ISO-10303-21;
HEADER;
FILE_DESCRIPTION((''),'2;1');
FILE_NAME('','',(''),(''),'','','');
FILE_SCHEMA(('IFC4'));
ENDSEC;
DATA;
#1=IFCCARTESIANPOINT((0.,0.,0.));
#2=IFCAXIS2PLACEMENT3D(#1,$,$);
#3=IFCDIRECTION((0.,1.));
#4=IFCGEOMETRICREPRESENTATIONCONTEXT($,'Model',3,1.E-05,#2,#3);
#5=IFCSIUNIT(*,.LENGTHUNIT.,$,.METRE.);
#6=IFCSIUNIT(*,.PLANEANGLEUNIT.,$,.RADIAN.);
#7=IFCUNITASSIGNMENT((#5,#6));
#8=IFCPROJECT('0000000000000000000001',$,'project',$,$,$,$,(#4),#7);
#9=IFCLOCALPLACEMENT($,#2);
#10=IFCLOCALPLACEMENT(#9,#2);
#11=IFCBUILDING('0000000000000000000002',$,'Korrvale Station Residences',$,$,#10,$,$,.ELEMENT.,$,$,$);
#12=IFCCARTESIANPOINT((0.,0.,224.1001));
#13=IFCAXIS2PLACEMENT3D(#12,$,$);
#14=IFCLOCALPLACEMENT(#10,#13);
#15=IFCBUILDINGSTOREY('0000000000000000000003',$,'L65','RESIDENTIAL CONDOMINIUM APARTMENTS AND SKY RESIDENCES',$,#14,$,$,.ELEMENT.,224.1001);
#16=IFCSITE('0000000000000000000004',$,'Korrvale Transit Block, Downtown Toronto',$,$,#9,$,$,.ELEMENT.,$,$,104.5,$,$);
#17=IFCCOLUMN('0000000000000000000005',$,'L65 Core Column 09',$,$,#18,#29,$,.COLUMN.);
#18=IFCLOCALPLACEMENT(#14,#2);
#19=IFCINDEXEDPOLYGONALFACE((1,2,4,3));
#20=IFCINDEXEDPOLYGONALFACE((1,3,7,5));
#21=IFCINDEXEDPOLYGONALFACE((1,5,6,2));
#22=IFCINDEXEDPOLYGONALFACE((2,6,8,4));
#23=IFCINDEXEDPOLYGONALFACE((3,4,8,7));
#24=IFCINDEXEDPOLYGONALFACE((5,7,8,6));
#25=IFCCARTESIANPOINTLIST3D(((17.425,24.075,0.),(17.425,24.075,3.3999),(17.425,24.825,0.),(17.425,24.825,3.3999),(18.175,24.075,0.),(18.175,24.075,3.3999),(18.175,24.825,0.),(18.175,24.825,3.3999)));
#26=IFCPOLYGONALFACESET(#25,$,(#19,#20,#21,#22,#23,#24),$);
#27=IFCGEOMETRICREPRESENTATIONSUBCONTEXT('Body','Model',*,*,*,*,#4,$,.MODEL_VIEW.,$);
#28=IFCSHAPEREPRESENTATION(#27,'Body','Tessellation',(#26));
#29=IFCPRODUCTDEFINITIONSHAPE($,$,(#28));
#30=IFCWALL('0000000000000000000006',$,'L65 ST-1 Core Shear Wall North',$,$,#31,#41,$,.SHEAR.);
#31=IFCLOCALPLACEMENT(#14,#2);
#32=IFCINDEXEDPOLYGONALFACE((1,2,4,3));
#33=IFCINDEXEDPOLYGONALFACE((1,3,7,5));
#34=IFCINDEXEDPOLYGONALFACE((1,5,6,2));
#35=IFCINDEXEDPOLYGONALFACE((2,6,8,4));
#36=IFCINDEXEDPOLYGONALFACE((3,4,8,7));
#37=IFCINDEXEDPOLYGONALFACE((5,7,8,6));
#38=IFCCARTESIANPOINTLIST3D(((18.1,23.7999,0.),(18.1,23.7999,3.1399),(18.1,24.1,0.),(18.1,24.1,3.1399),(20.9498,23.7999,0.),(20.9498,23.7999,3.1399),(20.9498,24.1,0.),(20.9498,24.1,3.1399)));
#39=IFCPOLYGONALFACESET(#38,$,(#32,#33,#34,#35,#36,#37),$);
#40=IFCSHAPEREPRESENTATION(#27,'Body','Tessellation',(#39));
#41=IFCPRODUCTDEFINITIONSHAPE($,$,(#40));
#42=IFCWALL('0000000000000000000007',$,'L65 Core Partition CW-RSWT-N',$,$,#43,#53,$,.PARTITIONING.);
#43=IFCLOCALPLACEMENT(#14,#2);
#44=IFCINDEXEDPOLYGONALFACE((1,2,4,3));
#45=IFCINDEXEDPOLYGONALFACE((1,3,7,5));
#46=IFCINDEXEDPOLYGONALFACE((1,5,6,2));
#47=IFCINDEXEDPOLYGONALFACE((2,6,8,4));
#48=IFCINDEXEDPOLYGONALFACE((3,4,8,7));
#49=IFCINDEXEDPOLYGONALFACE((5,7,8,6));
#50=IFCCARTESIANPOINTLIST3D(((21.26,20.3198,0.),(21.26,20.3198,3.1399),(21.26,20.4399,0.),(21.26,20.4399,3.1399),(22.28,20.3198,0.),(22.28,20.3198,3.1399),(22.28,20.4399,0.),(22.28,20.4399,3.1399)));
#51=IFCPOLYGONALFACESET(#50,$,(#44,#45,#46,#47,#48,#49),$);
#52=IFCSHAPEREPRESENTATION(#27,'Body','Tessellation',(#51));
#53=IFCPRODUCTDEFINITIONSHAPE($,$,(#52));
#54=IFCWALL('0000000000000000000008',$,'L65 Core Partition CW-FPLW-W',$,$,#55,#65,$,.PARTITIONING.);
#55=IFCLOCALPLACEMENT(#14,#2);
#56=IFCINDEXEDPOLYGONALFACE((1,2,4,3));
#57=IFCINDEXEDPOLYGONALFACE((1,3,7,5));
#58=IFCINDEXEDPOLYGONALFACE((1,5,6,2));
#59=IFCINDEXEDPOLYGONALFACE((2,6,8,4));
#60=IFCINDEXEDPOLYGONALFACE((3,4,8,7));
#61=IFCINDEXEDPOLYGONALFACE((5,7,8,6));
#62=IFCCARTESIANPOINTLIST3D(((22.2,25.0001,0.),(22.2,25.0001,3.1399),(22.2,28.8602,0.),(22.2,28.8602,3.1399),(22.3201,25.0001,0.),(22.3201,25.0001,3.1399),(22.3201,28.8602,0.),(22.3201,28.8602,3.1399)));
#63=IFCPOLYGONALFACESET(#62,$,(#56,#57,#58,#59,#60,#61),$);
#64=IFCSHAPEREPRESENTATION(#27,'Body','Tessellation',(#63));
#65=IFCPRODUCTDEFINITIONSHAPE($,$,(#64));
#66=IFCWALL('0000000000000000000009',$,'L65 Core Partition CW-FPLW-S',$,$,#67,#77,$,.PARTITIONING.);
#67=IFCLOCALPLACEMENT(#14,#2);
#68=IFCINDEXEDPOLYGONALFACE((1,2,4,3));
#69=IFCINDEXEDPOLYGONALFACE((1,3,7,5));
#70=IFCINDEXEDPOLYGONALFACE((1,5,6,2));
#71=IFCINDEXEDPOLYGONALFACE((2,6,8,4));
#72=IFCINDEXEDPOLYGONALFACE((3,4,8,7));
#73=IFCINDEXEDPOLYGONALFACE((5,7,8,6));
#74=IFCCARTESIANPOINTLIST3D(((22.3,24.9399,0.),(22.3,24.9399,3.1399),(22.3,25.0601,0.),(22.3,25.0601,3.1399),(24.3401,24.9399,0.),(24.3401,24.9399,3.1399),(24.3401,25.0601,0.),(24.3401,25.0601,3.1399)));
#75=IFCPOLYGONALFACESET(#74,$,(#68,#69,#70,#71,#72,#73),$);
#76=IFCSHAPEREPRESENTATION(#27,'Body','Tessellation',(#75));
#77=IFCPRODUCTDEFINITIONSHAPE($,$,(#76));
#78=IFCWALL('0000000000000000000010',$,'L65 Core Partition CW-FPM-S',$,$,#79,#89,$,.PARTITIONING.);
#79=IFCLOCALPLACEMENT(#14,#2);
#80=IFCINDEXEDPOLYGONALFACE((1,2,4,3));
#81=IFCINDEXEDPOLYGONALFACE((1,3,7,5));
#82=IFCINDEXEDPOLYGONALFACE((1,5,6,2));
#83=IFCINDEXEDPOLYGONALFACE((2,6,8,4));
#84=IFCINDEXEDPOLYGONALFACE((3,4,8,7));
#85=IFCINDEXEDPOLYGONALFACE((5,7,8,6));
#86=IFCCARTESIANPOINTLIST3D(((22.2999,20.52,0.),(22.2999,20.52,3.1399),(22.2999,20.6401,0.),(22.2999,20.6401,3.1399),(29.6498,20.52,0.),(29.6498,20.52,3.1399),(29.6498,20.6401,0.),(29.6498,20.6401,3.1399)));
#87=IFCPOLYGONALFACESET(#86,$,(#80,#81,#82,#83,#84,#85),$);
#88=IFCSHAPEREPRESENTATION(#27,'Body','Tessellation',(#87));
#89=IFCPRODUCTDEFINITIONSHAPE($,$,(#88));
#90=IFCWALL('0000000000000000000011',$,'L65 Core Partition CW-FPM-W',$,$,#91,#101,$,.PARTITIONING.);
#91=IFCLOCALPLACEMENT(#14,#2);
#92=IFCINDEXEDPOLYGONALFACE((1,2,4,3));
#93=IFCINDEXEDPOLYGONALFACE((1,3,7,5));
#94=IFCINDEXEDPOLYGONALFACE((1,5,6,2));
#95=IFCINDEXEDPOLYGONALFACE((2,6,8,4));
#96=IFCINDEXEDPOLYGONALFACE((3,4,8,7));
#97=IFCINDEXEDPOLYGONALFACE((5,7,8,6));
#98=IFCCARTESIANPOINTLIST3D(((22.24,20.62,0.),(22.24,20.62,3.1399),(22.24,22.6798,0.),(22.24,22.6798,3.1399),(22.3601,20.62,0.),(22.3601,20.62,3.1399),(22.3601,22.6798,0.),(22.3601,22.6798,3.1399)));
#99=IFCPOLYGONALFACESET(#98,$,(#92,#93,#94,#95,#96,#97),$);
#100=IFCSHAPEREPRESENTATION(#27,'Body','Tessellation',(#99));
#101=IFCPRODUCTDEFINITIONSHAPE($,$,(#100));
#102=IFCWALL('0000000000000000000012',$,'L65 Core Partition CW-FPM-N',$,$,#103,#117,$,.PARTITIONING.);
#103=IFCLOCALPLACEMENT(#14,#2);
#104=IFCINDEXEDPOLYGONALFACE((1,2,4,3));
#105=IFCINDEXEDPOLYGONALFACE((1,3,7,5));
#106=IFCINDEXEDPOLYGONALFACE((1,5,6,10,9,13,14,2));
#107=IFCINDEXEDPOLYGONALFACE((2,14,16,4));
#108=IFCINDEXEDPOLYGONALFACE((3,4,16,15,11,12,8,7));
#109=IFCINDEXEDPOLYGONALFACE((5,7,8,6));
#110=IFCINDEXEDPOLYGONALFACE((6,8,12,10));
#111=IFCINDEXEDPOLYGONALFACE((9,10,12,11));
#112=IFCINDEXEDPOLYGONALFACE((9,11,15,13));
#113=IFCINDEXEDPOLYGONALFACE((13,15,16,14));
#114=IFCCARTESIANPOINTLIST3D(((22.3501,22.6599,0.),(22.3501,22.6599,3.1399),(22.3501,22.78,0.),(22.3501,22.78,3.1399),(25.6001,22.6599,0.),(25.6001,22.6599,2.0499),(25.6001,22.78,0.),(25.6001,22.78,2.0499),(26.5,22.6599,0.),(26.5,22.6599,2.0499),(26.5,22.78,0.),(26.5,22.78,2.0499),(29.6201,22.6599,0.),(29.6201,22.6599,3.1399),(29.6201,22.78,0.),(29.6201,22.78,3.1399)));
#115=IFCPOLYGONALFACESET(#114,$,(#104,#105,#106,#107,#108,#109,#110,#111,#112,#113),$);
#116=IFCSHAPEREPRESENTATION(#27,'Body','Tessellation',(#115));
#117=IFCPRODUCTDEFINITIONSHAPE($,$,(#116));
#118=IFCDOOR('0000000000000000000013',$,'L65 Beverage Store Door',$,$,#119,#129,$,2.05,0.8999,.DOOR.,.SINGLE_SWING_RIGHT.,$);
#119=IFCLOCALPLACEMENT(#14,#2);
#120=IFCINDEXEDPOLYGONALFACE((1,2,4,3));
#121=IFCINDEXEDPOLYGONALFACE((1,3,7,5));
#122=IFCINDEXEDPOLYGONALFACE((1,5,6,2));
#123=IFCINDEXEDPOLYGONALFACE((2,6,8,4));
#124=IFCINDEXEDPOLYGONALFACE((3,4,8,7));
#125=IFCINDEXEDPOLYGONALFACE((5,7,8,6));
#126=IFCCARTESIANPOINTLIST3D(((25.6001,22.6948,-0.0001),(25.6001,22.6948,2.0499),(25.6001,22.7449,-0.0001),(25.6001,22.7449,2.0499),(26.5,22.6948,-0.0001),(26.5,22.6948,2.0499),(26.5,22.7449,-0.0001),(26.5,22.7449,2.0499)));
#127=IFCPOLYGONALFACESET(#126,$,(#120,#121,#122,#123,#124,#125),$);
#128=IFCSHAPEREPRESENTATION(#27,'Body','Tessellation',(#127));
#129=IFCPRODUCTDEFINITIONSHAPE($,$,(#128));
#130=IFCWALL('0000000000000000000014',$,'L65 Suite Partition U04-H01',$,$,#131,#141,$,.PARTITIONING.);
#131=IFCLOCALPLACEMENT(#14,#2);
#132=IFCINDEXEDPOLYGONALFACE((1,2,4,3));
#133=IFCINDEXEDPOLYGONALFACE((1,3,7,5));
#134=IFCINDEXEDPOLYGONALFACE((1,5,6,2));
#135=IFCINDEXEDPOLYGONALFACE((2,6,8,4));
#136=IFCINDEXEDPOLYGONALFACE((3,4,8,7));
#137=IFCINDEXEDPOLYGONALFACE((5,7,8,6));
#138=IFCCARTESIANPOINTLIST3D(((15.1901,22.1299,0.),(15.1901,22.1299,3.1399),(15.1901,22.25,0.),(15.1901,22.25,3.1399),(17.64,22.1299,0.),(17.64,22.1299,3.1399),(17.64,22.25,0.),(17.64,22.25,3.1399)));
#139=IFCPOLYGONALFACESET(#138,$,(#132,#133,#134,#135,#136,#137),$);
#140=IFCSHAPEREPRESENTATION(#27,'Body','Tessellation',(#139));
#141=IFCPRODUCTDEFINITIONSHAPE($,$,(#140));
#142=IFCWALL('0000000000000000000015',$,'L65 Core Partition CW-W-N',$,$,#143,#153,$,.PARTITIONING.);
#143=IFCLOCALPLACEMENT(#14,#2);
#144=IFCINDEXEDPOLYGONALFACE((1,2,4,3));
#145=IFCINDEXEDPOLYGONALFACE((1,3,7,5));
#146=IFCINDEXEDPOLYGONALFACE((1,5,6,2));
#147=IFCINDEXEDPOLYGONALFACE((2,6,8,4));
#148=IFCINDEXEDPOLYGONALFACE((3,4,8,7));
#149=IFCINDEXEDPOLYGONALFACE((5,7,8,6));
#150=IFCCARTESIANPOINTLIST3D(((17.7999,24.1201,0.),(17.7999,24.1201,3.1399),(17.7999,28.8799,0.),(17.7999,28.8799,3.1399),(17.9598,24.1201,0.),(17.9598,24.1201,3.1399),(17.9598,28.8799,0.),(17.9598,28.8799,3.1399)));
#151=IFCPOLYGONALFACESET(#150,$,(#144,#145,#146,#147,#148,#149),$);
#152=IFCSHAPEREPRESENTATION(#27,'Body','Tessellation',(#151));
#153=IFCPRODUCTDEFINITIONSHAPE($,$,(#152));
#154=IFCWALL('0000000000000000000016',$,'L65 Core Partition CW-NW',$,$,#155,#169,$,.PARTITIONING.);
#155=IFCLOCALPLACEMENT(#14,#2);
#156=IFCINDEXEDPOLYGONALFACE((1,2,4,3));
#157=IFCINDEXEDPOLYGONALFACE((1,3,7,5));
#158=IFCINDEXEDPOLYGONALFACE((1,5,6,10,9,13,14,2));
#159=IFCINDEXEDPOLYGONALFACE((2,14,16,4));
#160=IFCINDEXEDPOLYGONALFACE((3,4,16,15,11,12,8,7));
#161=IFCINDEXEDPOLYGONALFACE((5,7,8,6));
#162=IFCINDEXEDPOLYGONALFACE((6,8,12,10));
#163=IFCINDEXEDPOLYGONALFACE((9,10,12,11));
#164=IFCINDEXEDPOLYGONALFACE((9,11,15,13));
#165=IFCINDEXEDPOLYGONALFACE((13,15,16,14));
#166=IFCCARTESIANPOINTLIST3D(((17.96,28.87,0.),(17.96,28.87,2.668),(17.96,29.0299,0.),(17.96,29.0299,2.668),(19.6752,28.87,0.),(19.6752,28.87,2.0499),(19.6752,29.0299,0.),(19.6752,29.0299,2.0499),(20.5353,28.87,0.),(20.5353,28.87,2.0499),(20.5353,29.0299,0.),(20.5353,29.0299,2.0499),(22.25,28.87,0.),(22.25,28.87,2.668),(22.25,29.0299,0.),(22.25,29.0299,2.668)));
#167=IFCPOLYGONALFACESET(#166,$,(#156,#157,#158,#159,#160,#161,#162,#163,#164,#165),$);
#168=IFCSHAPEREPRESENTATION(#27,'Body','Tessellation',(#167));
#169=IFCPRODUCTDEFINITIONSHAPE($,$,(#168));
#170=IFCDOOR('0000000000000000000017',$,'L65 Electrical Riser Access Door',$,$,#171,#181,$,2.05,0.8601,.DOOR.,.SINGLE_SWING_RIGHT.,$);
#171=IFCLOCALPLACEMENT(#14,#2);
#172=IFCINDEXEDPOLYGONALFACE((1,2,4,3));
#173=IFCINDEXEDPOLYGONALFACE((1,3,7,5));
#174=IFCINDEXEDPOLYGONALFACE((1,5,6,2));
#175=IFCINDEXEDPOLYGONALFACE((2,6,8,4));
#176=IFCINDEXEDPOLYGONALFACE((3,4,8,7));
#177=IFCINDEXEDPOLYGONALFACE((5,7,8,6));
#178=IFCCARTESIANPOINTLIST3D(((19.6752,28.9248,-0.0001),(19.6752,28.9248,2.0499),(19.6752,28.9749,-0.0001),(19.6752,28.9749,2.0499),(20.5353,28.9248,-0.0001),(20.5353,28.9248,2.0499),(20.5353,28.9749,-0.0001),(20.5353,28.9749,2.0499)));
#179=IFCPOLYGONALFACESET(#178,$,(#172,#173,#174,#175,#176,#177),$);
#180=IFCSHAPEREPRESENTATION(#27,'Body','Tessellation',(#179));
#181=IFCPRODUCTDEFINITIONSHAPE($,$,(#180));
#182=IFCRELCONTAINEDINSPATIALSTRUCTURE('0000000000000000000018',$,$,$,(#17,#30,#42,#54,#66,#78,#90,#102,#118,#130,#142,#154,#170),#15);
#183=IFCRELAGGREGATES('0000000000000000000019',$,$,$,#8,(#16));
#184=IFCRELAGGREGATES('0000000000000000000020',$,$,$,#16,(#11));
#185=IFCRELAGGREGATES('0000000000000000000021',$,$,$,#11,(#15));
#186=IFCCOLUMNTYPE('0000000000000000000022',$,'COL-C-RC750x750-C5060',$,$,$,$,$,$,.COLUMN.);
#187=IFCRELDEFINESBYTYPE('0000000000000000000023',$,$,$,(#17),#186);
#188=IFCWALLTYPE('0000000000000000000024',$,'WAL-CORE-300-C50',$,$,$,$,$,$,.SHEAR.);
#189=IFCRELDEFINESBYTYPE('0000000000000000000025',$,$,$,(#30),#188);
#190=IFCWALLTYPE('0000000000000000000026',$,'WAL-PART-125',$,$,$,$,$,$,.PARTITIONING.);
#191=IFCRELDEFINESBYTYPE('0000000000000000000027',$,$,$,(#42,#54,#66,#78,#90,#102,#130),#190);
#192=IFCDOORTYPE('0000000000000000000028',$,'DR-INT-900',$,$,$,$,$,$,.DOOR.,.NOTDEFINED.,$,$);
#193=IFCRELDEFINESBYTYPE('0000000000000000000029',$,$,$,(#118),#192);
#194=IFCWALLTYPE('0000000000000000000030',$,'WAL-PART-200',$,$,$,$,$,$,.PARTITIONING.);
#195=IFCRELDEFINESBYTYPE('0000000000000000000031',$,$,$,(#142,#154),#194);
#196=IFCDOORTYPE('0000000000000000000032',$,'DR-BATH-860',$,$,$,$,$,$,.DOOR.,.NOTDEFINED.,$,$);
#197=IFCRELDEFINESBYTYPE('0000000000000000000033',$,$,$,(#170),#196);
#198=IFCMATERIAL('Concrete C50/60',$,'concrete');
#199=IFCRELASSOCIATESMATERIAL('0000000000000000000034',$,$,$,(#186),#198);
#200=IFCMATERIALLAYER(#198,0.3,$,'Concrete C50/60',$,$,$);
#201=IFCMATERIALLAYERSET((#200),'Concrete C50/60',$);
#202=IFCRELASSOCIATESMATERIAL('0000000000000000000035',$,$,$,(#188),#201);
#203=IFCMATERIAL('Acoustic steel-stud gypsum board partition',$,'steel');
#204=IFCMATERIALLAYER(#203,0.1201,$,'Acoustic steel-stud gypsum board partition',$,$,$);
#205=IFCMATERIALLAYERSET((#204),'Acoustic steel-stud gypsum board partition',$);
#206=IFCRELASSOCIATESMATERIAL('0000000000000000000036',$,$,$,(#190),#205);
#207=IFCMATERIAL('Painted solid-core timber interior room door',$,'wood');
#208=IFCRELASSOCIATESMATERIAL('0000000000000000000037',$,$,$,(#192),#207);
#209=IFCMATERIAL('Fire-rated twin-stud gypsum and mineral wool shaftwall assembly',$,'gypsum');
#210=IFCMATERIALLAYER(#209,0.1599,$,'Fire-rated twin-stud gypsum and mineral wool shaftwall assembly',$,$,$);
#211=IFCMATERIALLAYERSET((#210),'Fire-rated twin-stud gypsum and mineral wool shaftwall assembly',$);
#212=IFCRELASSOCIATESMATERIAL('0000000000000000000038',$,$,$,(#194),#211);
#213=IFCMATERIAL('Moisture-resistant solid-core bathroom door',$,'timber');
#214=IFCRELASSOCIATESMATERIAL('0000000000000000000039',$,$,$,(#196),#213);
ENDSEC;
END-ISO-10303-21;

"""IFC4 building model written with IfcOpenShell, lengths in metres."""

from ifc_helpers import new_model, si_unit, direction, frame, frame_2d, origin, origin_2d, place, context, subcontext, project, spatial, rectangle, extrude, material, layer, layer_set, material_profile, profile_set, type_object, element, fill, save


model = new_model("IFC4")

# Units and contexts
model_context = context("Model", 3, precision=1e-05, world=origin(), true_north=direction((0.0, 1.0)))
body_context = subcontext(model_context, "Body", "Model", "MODEL_VIEW")
ifc_project = project(units=[si_unit("LENGTHUNIT", "METRE"), si_unit("PLANEANGLEUNIT", "RADIAN")], contexts=[model_context])

# Site, building, storey
site_placement = place(None, origin())
site = spatial("IfcSite", under=ifc_project, at=site_placement, Name="Korrvale Transit Block, Downtown Toronto", CompositionType="ELEMENT", RefElevation=104.5)
building_placement = place(site_placement, origin())
building = spatial("IfcBuilding", under=site, at=building_placement, Name="Korrvale Station Residences", CompositionType="ELEMENT")
storey_placement = place(building_placement, frame((0.0, 0.0, 224.1001)))
storey = spatial("IfcBuildingStorey", under=building, at=storey_placement, Name="L65", Description="RESIDENTIAL CONDOMINIUM APARTMENTS AND SKY RESIDENCES", CompositionType="ELEMENT", Elevation=224.1001)

# Column
ifc_material_1 = material(Name="Concrete C50/60", Category="concrete")
ifc_material_profile = material_profile(ifc_material_1, rectangle(XDim=0.75, YDim=0.75, at=origin_2d()), Name="RC750x750")
ifc_profile_set = profile_set([ifc_material_profile], Name="Concrete C50/60")
column_type = type_object("IfcColumnType", Name="COL-C-RC750x750-C5060", PredefinedType="COLUMN", material=ifc_profile_set)
column_placement = place(storey_placement, frame((17.8, 24.45, 0.0), z_axis=(0.0, 0.0, 1.0), x_axis=(1.0, 0.0, 0.0)))
element("IfcColumn", 1, at=column_placement, inside=storey, type_object=column_type, Name="L65 Core Column 09", PredefinedType="COLUMN", context=body_context, shape_type="SweptSolid", body=[
    extrude(rectangle(XDim=0.75, YDim=0.75, at=origin_2d()), origin(), (0.0, 0.0, 1.0), 3.3999),
])

# Walls
ifc_layer_1 = layer(ifc_material_1, 0.3, Name="Concrete C50/60")
ifc_layer_set_1 = layer_set([ifc_layer_1], Name="Concrete C50/60")
wall_type_1 = type_object("IfcWallType", Name="WAL-CORE-300-C50", PredefinedType="SHEAR", material=ifc_layer_set_1)
wall_1_placement = place(storey_placement, frame((18.1001, 23.95, 0.0), z_axis=(0.0, 0.0, 1.0), x_axis=(1.0, 0.0, 0.0)))
element("IfcWall", 2, at=wall_1_placement, inside=storey, type_object=wall_type_1, Name="L65 ST-1 Core Shear Wall North", PredefinedType="SHEAR", context=body_context, shape_type="SweptSolid", body=[
    extrude(rectangle(XDim=2.8499, YDim=0.3, at=frame_2d((1.4248, 0.0))), origin(), (0.0, 0.0, 1.0), 3.1399),
])
ifc_material_2 = material(Name="Acoustic steel-stud gypsum board partition", Category="steel")
ifc_layer_2 = layer(ifc_material_2, 0.1201, Name="Acoustic steel-stud gypsum board partition")
ifc_layer_set_2 = layer_set([ifc_layer_2], Name="Acoustic steel-stud gypsum board partition")
wall_type_2 = type_object("IfcWallType", Name="WAL-PART-125", PredefinedType="PARTITIONING", material=ifc_layer_set_2)
wall_2_placement = place(storey_placement, frame((22.28, 20.3799, 0.0), z_axis=(0.0, 0.0, 1.0), x_axis=(-1.0, 0.0, 0.0)))
element("IfcWall", 3, at=wall_2_placement, inside=storey, type_object=wall_type_2, Name="L65 Core Partition CW-RSWT-N", PredefinedType="PARTITIONING", context=body_context, shape_type="SweptSolid", body=[
    extrude(rectangle(XDim=1.02, YDim=0.1201, at=frame_2d((0.51, 0.0))), origin(), (0.0, 0.0, 1.0), 3.1399),
])
wall_3_placement = place(storey_placement, frame((22.26, 25.0, 0.0), z_axis=(0.0, 0.0, 1.0), x_axis=(0.0, 1.0, 0.0)))
element("IfcWall", 4, at=wall_3_placement, inside=storey, type_object=wall_type_2, Name="L65 Core Partition CW-FPLW-W", PredefinedType="PARTITIONING", context=body_context, shape_type="SweptSolid", body=[
    extrude(rectangle(XDim=3.8601, YDim=0.1201, at=frame_2d((1.9302, 0.0))), origin(), (0.0, 0.0, 1.0), 3.1399),
])
wall_4_placement = place(storey_placement, frame((22.3, 25.0, 0.0), z_axis=(0.0, 0.0, 1.0), x_axis=(1.0, 0.0, 0.0)))
element("IfcWall", 5, at=wall_4_placement, inside=storey, type_object=wall_type_2, Name="L65 Core Partition CW-FPLW-S", PredefinedType="PARTITIONING", context=body_context, shape_type="SweptSolid", body=[
    extrude(rectangle(XDim=2.04, YDim=0.1201, at=frame_2d((1.02, 0.0))), origin(), (0.0, 0.0, 1.0), 3.1399),
])
wall_5_placement = place(storey_placement, frame((22.3, 20.5801, 0.0), z_axis=(0.0, 0.0, 1.0), x_axis=(1.0, 0.0, 0.0)))
element("IfcWall", 6, at=wall_5_placement, inside=storey, type_object=wall_type_2, Name="L65 Core Partition CW-FPM-S", PredefinedType="PARTITIONING", context=body_context, shape_type="SweptSolid", body=[
    extrude(rectangle(XDim=7.3499, YDim=0.1201, at=frame_2d((3.6748, 0.0))), origin(), (0.0, 0.0, 1.0), 3.1399),
])
wall_6_placement = place(storey_placement, frame((22.3, 20.6201, 0.0), z_axis=(0.0, 0.0, 1.0), x_axis=(0.0, 1.0, 0.0)))
element("IfcWall", 7, at=wall_6_placement, inside=storey, type_object=wall_type_2, Name="L65 Core Partition CW-FPM-W", PredefinedType="PARTITIONING", context=body_context, shape_type="SweptSolid", body=[
    extrude(rectangle(XDim=2.0598, YDim=0.1201, at=frame_2d((1.0298, 0.0))), origin(), (0.0, 0.0, 1.0), 3.1399),
])

# Wall, opening, door
wall_7_placement = place(storey_placement, frame((22.3501, 22.72, 0.0), z_axis=(0.0, 0.0, 1.0), x_axis=(1.0, 0.0, 0.0)))
wall_7 = element("IfcWall", 8, at=wall_7_placement, inside=storey, type_object=wall_type_2, Name="L65 Core Partition CW-FPM-N", PredefinedType="PARTITIONING", context=body_context, shape_type="SweptSolid", body=[
    extrude(rectangle(XDim=7.27, YDim=0.1201, at=frame_2d((3.635, 0.0))), origin(), (0.0, 0.0, 1.0), 3.1399),
])
opening_1_placement = place(wall_7_placement, frame((3.25, 0.0, 0.0)))
opening_1 = element("IfcOpeningElement", 9, at=opening_1_placement, cuts=wall_7, PredefinedType="OPENING", context=body_context, shape_type="SweptSolid", body=[
    extrude(rectangle(XDim=0.8999, YDim=2.05, at=frame_2d((0.45, 1.0249))), frame((0.0, 0.0701, 0.0), z_axis=(0.0, -1.0, 0.0), x_axis=(1.0, 0.0, 0.0)), (0.0, 0.0, 1.0), 0.1401),
])
ifc_material_3 = material(Name="Painted solid-core timber interior room door", Category="wood")
door_type_1 = type_object("IfcDoorType", Name="DR-INT-900", OperationType="NOTDEFINED", PredefinedType="DOOR", material=ifc_material_3)
door_1_placement = place(opening_1_placement, origin())
door_1 = element("IfcDoor", 10, at=door_1_placement, inside=storey, type_object=door_type_1, Name="L65 Beverage Store Door", OperationType="SINGLE_SWING_RIGHT", OverallHeight=2.05, OverallWidth=0.8999, PredefinedType="DOOR", context=body_context, shape_type="SweptSolid", body=[
    extrude(rectangle(XDim=0.8999, YDim=2.05, at=frame_2d((0.45, 1.0249))), frame((0.0, 0.0249, 0.0), z_axis=(0.0, -1.0, 0.0), x_axis=(1.0, 0.0, 0.0)), (0.0, 0.0, 1.0), 0.05),
])
fill(opening_1, door_1)

# Walls
wall_8_placement = place(storey_placement, frame((15.1899, 22.1899, 0.0), z_axis=(0.0, 0.0, 1.0), x_axis=(1.0, 0.0, 0.0)))
element("IfcWall", 11, at=wall_8_placement, inside=storey, type_object=wall_type_2, Name="L65 Suite Partition U04-H01", PredefinedType="PARTITIONING", context=body_context, shape_type="SweptSolid", body=[
    extrude(rectangle(XDim=2.45, YDim=0.1201, at=frame_2d((1.2251, 0.0))), origin(), (0.0, 0.0, 1.0), 3.1399),
])
ifc_material_4 = material(Name="Fire-rated twin-stud gypsum and mineral wool shaftwall assembly", Category="gypsum")
ifc_layer_3 = layer(ifc_material_4, 0.1599, Name="Fire-rated twin-stud gypsum and mineral wool shaftwall assembly")
ifc_layer_set_3 = layer_set([ifc_layer_3], Name="Fire-rated twin-stud gypsum and mineral wool shaftwall assembly")
wall_type_3 = type_object("IfcWallType", Name="WAL-PART-200", PredefinedType="PARTITIONING", material=ifc_layer_set_3)
wall_9_placement = place(storey_placement, frame((17.8799, 24.1201, 0.0), z_axis=(0.0, 0.0, 1.0), x_axis=(0.0, 1.0, 0.0)))
element("IfcWall", 12, at=wall_9_placement, inside=storey, type_object=wall_type_3, Name="L65 Core Partition CW-W-N", PredefinedType="PARTITIONING", context=body_context, shape_type="SweptSolid", body=[
    extrude(rectangle(XDim=4.7598, YDim=0.1599, at=frame_2d((2.3799, 0.0))), origin(), (0.0, 0.0, 1.0), 3.1399),
])

# Wall, opening, door
wall_10_placement = place(storey_placement, frame((17.96, 28.95, 0.0), z_axis=(0.0, 0.0, 1.0), x_axis=(1.0, 0.0, 0.0)))
wall_10 = element("IfcWall", 13, at=wall_10_placement, inside=storey, type_object=wall_type_3, Name="L65 Core Partition CW-NW", PredefinedType="PARTITIONING", context=body_context, shape_type="SweptSolid", body=[
    extrude(rectangle(XDim=4.29, YDim=0.1599, at=frame_2d((2.145, 0.0))), origin(), (0.0, 0.0, 1.0), 2.668),
])
opening_2_placement = place(wall_10_placement, frame((1.7151, 0.0, 0.0)))
opening_2 = element("IfcOpeningElement", 14, at=opening_2_placement, cuts=wall_10, PredefinedType="OPENING", context=body_context, shape_type="SweptSolid", body=[
    extrude(rectangle(XDim=0.8601, YDim=2.05, at=frame_2d((0.4302, 1.0249))), frame((0.0, 0.0898, 0.0), z_axis=(0.0, -1.0, 0.0), x_axis=(1.0, 0.0, 0.0)), (0.0, 0.0, 1.0), 0.1799),
])
ifc_material_5 = material(Name="Moisture-resistant solid-core bathroom door", Category="timber")
door_type_2 = type_object("IfcDoorType", Name="DR-BATH-860", OperationType="NOTDEFINED", PredefinedType="DOOR", material=ifc_material_5)
door_2_placement = place(opening_2_placement, origin())
door_2 = element("IfcDoor", 15, at=door_2_placement, inside=storey, type_object=door_type_2, Name="L65 Electrical Riser Access Door", OperationType="SINGLE_SWING_RIGHT", OverallHeight=2.05, OverallWidth=0.8601, PredefinedType="DOOR", context=body_context, shape_type="SweptSolid", body=[
    extrude(rectangle(XDim=0.8601, YDim=2.05, at=frame_2d((0.4302, 1.0249))), frame((0.0, 0.0249, 0.0), z_axis=(0.0, -1.0, 0.0), x_axis=(1.0, 0.0, 0.0)), (0.0, 0.0, 1.0), 0.05),
])
fill(opening_2, door_2)

save(model, "model.ifc")
